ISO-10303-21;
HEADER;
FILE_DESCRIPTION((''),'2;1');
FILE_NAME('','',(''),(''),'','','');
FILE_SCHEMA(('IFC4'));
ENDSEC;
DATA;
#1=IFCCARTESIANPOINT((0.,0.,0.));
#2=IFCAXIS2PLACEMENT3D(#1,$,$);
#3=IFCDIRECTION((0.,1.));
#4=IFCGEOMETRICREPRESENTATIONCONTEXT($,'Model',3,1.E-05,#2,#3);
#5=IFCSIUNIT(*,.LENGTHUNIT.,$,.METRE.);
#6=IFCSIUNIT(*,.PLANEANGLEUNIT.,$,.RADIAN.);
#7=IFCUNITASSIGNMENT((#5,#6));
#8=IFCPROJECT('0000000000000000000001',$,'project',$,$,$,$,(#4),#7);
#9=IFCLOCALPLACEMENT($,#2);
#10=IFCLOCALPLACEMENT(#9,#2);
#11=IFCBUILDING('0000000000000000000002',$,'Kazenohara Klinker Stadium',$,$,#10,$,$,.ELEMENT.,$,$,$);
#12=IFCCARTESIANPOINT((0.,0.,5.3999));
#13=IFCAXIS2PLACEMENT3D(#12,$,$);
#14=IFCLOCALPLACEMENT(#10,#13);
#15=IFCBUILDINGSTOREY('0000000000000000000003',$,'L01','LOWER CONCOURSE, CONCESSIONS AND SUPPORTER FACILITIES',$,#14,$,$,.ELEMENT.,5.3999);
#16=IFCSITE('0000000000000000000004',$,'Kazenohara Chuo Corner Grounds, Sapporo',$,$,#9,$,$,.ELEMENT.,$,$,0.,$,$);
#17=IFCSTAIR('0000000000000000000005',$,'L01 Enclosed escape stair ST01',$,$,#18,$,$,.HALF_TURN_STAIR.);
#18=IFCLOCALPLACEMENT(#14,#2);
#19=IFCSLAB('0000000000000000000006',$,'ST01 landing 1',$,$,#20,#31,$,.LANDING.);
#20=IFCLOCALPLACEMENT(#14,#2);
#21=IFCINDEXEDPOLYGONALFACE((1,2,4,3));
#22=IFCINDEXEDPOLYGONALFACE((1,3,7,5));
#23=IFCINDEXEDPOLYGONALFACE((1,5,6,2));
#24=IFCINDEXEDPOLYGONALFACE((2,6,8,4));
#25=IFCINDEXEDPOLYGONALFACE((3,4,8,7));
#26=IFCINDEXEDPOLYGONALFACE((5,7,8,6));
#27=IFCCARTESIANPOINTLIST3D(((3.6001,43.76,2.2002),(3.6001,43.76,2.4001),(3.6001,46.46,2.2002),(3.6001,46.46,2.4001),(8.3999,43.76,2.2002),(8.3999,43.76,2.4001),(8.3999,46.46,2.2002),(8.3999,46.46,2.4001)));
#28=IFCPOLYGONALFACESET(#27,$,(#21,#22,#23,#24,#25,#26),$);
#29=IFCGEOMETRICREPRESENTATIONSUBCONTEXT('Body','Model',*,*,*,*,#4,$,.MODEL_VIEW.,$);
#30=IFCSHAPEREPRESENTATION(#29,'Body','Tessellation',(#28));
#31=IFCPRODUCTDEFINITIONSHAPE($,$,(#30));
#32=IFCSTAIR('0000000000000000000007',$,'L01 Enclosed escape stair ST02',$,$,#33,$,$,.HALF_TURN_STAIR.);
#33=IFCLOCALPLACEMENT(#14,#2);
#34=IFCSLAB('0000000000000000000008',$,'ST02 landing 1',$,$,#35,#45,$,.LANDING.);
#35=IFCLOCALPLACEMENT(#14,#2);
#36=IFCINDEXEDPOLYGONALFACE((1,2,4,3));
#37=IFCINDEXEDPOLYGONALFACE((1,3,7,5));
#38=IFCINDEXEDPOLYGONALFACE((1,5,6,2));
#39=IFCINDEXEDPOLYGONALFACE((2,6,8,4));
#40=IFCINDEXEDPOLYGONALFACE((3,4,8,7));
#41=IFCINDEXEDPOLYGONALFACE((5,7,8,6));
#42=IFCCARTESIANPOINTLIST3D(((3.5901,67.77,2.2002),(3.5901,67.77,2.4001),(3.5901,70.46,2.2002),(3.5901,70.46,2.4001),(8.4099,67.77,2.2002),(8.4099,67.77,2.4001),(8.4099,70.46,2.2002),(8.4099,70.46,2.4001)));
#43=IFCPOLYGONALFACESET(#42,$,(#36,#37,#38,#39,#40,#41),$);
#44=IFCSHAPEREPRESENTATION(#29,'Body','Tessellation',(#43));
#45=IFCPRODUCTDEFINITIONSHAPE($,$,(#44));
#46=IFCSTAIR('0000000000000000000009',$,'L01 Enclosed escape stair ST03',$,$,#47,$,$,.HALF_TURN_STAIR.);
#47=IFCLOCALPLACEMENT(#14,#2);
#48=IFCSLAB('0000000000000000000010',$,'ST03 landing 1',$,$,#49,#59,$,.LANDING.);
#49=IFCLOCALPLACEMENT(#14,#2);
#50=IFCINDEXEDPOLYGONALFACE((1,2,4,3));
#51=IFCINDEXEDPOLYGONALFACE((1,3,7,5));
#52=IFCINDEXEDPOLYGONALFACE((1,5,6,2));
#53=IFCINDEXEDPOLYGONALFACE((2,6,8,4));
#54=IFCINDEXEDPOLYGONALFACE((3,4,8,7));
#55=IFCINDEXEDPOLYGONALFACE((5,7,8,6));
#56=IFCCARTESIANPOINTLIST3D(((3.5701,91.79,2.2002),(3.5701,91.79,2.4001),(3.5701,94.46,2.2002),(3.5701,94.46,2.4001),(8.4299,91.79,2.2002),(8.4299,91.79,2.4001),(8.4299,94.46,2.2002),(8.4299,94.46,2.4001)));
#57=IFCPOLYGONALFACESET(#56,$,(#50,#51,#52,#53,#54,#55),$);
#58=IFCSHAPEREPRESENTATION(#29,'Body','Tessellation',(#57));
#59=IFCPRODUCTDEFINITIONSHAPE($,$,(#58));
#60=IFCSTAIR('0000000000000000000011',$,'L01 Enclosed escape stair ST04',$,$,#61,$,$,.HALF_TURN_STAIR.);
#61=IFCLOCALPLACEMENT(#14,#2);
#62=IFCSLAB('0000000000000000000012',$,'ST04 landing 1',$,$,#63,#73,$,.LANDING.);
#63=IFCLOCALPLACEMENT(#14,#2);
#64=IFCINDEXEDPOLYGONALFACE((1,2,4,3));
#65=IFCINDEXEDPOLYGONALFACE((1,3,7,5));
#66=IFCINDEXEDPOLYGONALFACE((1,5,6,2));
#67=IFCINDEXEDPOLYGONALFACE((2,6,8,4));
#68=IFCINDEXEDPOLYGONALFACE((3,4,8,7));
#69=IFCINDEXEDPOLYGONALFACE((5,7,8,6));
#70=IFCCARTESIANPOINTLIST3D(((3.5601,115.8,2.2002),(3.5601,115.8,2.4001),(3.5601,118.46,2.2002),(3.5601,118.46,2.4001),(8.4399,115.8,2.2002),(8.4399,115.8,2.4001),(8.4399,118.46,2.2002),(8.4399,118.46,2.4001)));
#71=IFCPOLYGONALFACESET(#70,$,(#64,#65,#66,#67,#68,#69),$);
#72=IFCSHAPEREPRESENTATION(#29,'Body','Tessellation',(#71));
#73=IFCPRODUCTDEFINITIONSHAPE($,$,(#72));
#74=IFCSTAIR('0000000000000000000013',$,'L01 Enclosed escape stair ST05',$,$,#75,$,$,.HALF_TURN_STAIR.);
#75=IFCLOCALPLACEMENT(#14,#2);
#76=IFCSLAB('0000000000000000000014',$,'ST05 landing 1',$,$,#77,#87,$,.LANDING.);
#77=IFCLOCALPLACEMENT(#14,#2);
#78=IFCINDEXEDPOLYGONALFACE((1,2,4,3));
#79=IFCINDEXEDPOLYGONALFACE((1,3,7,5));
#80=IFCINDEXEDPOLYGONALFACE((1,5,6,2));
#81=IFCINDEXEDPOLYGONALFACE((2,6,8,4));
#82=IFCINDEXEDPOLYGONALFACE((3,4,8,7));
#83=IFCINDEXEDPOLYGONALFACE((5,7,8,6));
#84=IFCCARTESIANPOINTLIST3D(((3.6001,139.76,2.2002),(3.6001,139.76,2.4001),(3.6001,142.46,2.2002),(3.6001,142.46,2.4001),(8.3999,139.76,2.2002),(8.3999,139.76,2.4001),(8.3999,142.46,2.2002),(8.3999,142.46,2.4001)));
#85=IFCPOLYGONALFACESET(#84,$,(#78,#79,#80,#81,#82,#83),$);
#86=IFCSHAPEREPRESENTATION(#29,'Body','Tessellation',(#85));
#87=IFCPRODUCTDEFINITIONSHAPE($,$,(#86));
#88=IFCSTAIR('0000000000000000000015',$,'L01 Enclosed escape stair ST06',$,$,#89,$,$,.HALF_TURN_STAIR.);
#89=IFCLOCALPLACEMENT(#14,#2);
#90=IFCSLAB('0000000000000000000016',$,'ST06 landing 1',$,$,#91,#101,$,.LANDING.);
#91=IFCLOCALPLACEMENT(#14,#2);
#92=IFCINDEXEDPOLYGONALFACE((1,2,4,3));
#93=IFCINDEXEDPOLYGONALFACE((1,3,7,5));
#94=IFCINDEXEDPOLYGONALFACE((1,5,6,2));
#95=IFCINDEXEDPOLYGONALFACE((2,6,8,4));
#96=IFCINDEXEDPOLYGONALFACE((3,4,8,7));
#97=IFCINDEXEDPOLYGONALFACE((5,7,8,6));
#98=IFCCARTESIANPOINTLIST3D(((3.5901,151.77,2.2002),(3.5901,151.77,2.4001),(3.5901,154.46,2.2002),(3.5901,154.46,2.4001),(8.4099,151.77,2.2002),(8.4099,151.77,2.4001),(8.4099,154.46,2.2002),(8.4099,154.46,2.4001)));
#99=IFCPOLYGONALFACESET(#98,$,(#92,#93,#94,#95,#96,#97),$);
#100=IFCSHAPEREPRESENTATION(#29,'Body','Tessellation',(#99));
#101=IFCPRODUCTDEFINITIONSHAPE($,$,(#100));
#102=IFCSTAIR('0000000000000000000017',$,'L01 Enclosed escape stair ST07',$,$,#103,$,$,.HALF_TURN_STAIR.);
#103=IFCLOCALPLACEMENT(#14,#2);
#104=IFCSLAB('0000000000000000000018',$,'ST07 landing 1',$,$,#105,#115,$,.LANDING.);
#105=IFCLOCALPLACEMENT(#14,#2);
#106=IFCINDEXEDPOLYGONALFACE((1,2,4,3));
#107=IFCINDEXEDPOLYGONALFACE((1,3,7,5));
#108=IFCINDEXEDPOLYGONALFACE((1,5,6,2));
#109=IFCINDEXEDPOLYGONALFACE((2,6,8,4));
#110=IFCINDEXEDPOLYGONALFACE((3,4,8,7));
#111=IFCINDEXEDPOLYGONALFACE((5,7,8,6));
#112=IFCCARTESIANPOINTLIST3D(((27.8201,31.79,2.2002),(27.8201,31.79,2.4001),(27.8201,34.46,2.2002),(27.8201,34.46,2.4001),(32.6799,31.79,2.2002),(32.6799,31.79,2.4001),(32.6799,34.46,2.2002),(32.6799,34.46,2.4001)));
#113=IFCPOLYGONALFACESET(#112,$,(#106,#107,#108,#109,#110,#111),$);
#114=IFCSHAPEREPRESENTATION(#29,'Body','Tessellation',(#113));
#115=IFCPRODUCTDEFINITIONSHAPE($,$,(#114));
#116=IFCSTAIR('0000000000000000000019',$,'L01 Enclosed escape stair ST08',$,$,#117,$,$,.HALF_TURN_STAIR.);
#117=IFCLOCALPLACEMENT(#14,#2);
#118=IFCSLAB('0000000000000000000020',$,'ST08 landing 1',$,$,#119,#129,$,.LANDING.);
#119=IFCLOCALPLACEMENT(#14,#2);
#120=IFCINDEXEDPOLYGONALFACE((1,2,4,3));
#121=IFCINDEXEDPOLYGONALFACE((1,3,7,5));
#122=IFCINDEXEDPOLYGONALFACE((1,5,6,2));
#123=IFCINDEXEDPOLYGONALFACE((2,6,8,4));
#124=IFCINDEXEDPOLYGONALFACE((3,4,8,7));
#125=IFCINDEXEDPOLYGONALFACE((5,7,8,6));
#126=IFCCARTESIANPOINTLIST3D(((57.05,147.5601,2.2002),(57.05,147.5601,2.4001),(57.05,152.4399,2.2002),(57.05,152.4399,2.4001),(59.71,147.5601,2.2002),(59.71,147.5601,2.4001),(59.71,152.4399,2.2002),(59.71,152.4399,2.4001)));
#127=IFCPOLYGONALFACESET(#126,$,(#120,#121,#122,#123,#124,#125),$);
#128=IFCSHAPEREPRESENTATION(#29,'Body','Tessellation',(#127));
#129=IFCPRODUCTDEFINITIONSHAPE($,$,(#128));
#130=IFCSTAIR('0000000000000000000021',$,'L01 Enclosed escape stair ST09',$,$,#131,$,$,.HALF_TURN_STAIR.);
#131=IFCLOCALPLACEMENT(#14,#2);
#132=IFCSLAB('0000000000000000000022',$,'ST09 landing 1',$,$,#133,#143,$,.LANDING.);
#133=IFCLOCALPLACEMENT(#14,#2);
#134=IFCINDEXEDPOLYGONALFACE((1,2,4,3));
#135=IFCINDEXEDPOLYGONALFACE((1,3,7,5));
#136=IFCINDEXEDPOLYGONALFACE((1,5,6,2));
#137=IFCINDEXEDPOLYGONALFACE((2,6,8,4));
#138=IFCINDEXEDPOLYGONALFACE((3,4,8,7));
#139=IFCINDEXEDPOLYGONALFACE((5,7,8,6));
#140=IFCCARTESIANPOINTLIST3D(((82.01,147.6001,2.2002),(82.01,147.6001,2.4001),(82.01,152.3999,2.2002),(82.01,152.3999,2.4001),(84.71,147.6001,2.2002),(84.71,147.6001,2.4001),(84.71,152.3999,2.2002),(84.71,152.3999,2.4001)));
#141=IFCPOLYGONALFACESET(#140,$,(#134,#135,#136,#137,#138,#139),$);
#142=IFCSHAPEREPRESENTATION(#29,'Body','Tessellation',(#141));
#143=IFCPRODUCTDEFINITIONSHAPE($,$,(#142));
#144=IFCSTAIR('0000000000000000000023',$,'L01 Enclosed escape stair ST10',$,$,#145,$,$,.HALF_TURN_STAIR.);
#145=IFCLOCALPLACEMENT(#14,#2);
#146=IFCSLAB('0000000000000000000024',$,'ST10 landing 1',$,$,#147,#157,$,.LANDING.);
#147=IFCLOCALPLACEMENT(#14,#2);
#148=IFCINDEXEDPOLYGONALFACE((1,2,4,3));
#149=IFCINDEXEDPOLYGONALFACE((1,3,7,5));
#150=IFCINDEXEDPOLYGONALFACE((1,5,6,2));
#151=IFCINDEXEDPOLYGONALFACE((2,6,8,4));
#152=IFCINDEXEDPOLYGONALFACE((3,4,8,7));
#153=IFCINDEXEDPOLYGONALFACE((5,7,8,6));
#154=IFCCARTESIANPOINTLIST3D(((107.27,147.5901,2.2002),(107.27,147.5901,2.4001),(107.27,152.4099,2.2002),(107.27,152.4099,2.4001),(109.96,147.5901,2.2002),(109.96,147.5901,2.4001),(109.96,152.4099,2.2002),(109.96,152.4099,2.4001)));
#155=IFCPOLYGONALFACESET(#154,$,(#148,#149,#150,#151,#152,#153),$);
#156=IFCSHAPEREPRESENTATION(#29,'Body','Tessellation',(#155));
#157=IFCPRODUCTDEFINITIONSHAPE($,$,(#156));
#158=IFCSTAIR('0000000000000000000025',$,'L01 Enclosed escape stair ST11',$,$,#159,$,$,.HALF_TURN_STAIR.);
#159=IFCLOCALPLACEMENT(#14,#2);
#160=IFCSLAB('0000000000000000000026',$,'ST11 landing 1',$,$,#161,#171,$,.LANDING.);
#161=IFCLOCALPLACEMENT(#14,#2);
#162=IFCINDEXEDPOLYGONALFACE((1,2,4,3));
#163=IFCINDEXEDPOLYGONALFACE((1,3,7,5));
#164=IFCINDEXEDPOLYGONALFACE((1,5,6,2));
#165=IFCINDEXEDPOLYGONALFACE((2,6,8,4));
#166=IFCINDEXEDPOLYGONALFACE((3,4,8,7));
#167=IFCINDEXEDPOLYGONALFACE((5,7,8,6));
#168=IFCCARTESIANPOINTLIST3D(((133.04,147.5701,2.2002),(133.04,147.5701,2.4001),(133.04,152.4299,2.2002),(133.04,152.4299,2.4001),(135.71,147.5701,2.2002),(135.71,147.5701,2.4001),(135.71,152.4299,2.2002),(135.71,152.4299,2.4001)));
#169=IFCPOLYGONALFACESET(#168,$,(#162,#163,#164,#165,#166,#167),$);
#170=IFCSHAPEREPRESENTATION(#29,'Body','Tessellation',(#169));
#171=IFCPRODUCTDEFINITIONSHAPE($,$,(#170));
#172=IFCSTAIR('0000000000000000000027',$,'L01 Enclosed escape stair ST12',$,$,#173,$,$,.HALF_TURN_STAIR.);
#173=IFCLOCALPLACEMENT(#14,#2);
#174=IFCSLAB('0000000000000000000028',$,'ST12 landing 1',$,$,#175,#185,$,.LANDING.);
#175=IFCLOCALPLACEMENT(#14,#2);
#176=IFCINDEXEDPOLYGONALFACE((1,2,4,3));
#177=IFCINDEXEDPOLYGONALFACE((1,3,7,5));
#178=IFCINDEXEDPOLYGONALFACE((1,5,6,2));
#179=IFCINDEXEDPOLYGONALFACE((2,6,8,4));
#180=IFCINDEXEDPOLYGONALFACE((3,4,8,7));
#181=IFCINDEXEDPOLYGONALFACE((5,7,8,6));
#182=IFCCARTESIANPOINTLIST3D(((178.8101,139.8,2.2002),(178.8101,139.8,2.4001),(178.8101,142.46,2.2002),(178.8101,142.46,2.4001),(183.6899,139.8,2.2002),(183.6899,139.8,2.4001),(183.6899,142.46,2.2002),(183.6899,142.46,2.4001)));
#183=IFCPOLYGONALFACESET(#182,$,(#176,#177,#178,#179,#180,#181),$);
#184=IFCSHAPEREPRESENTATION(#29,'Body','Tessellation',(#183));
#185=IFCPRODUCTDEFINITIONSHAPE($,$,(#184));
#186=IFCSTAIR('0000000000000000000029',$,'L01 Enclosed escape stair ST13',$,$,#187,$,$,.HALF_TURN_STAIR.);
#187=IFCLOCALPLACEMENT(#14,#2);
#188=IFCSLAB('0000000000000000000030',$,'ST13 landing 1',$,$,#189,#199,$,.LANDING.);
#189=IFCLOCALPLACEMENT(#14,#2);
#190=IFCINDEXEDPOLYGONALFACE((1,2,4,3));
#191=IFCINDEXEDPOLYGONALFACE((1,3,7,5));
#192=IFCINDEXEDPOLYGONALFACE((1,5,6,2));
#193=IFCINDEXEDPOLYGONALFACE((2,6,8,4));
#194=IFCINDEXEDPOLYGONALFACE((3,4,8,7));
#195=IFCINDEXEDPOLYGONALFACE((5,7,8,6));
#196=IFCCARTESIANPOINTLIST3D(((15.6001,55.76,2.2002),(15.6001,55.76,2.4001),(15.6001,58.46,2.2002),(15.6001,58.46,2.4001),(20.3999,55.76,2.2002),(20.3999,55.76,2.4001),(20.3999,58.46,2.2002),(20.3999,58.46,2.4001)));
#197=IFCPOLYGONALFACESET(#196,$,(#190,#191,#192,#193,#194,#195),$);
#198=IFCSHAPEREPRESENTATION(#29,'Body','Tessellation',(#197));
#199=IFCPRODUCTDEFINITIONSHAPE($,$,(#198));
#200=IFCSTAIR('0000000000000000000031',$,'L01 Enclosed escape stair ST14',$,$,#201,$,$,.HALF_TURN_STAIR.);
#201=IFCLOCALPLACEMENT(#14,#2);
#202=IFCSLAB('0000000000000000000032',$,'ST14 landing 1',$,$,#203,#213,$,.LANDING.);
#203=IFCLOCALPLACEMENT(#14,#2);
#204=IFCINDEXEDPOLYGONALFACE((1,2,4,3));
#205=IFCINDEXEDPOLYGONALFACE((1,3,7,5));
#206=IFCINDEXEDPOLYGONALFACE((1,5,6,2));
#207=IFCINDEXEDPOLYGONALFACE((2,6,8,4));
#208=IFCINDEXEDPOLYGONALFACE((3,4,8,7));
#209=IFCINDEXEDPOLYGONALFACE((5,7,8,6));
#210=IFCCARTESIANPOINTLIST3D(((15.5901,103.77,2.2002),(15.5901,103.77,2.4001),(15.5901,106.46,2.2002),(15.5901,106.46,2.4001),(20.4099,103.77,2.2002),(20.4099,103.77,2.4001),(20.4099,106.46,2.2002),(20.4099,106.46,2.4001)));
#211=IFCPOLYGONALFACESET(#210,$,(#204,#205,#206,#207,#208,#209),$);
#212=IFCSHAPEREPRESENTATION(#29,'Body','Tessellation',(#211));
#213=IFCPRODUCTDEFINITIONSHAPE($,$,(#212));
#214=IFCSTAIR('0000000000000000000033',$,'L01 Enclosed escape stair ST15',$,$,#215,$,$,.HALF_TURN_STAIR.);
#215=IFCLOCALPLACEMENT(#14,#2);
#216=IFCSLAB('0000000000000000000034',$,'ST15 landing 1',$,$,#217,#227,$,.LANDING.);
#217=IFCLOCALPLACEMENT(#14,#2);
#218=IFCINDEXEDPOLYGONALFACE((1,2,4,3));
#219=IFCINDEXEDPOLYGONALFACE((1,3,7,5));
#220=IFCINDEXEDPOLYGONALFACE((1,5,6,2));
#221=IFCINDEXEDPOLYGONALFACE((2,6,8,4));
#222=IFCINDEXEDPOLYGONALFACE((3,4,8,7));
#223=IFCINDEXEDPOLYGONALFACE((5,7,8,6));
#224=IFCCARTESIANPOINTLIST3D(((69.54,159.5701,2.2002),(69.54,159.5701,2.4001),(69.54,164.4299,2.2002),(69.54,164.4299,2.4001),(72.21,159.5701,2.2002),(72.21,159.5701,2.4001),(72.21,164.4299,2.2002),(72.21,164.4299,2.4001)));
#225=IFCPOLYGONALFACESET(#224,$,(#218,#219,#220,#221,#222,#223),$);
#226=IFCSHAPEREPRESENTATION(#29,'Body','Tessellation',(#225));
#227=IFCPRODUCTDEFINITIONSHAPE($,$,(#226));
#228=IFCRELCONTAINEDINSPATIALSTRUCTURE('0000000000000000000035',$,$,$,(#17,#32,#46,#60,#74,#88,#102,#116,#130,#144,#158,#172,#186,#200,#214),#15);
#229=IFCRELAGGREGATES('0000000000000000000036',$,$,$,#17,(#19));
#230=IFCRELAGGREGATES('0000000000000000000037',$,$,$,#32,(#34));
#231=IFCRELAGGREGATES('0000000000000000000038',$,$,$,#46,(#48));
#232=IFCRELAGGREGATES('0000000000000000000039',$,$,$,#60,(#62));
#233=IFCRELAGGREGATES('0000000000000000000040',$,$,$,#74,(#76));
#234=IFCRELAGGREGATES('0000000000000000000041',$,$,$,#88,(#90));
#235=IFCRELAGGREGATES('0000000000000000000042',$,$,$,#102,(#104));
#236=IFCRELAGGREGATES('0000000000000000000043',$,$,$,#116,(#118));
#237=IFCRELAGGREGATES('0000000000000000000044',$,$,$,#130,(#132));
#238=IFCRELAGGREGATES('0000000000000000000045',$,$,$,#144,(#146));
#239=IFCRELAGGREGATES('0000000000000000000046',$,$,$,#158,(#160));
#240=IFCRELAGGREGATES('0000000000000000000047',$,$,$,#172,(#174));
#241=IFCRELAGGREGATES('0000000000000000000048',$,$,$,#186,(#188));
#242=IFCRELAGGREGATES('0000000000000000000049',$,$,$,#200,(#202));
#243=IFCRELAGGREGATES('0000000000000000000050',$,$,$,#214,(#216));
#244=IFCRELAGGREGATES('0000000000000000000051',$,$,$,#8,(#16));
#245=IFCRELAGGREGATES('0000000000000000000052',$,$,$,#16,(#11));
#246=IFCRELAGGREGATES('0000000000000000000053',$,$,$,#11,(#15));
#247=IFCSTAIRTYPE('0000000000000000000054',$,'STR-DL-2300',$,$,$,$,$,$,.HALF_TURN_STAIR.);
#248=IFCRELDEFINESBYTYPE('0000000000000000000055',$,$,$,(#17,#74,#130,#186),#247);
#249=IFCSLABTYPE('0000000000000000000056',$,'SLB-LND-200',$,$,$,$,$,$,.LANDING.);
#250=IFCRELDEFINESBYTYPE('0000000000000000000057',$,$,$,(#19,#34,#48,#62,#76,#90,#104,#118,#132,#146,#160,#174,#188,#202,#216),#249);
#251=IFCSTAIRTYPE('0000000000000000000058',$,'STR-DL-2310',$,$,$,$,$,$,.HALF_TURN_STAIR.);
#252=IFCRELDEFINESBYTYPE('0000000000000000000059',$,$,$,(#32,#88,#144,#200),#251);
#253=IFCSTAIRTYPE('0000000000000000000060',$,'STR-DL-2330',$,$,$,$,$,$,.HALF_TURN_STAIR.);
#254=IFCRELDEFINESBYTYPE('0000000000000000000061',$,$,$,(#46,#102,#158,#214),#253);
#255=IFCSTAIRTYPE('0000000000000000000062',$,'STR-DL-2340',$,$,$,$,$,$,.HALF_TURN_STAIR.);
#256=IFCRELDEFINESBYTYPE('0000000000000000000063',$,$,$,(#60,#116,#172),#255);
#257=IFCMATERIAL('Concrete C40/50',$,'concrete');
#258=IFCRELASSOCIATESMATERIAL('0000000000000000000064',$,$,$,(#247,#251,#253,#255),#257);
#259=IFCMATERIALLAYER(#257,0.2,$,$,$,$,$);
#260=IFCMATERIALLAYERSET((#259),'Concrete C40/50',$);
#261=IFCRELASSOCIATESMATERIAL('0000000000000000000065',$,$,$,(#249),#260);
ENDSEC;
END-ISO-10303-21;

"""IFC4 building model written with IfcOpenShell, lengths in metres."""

from ifc_helpers import new_model, si_unit, direction, frame, origin, place, context, subcontext, project, spatial, polyline, outline, extrude, material, layer, layer_set, type_object, element, aggregate, save


model = new_model("IFC4")

# Units and contexts
model_context = context("Model", 3, precision=1e-05, world=origin(), true_north=direction((0.0, 1.0)))
body_context = subcontext(model_context, "Body", "Model", "MODEL_VIEW")
ifc_project = project(units=[si_unit("LENGTHUNIT", "METRE"), si_unit("PLANEANGLEUNIT", "RADIAN")], contexts=[model_context])

# Site, building, storey
site_placement = place(None, origin())
site = spatial("IfcSite", under=ifc_project, at=site_placement, Name="Kazenohara Chuo Corner Grounds, Sapporo", CompositionType="ELEMENT", RefElevation=0.0)
building_placement = place(site_placement, origin())
building = spatial("IfcBuilding", under=site, at=building_placement, Name="Kazenohara Klinker Stadium", CompositionType="ELEMENT")
storey_placement = place(building_placement, frame((0.0, 0.0, 5.3999)))
storey = spatial("IfcBuildingStorey", under=building, at=storey_placement, Name="L01", Description="LOWER CONCOURSE, CONCESSIONS AND SUPPORTER FACILITIES", CompositionType="ELEMENT", Elevation=5.3999)

# Stairs, slabs
ifc_material_1 = material(Name="Concrete C40/50", Category="concrete")
stair_type_1 = type_object("IfcStairType", Name="STR-DL-2300", PredefinedType="HALF_TURN_STAIR", material=ifc_material_1)
stair_1_placement = place(storey_placement, origin())
stair_1 = element("IfcStair", 1, at=stair_1_placement, inside=storey, type_object=stair_type_1, Name="L01 Enclosed escape stair ST01", PredefinedType="HALF_TURN_STAIR")
ifc_layer_1 = layer(ifc_material_1, 0.2)
ifc_layer_set_1 = layer_set([ifc_layer_1], Name="Concrete C40/50")
slab_type_1 = type_object("IfcSlabType", Name="SLB-LND-200", PredefinedType="LANDING", material=ifc_layer_set_1)
slab_1_placement = place(storey_placement, frame((0.0, 0.0, 2.2002)))
slab_1 = element("IfcSlab", 2, at=slab_1_placement, type_object=slab_type_1, Name="ST01 landing 1", PredefinedType="LANDING", context=body_context, shape_type="SweptSolid", body=[
    extrude(outline(polyline([(8.3999, 43.76), (8.3999, 46.46), (3.6001, 46.46), (3.6001, 43.76), (8.3999, 43.76)])), origin(), (0.0, 0.0, 1.0), 0.2),
])
aggregate(stair_1, [slab_1])
stair_type_2 = type_object("IfcStairType", Name="STR-DL-2310", PredefinedType="HALF_TURN_STAIR", material=ifc_material_1)
stair_2_placement = place(storey_placement, origin())
stair_2 = element("IfcStair", 3, at=stair_2_placement, inside=storey, type_object=stair_type_2, Name="L01 Enclosed escape stair ST02", PredefinedType="HALF_TURN_STAIR")
slab_2_placement = place(storey_placement, frame((0.0, 0.0, 2.2002)))
slab_2 = element("IfcSlab", 4, at=slab_2_placement, type_object=slab_type_1, Name="ST02 landing 1", PredefinedType="LANDING", context=body_context, shape_type="SweptSolid", body=[
    extrude(outline(polyline([(8.4099, 67.77), (8.4099, 70.46), (3.5901, 70.46), (3.5901, 67.77), (8.4099, 67.77)])), origin(), (0.0, 0.0, 1.0), 0.2),
])
aggregate(stair_2, [slab_2])
stair_type_3 = type_object("IfcStairType", Name="STR-DL-2330", PredefinedType="HALF_TURN_STAIR", material=ifc_material_1)
stair_3_placement = place(storey_placement, origin())
stair_3 = element("IfcStair", 5, at=stair_3_placement, inside=storey, type_object=stair_type_3, Name="L01 Enclosed escape stair ST03", PredefinedType="HALF_TURN_STAIR")
slab_3_placement = place(storey_placement, frame((0.0, 0.0, 2.2002)))
slab_3 = element("IfcSlab", 6, at=slab_3_placement, type_object=slab_type_1, Name="ST03 landing 1", PredefinedType="LANDING", context=body_context, shape_type="SweptSolid", body=[
    extrude(outline(polyline([(8.4299, 91.79), (8.4299, 94.46), (3.5701, 94.46), (3.5701, 91.79), (8.4299, 91.79)])), origin(), (0.0, 0.0, 1.0), 0.2),
])
aggregate(stair_3, [slab_3])
stair_type_4 = type_object("IfcStairType", Name="STR-DL-2340", PredefinedType="HALF_TURN_STAIR", material=ifc_material_1)
stair_4_placement = place(storey_placement, origin())
stair_4 = element("IfcStair", 7, at=stair_4_placement, inside=storey, type_object=stair_type_4, Name="L01 Enclosed escape stair ST04", PredefinedType="HALF_TURN_STAIR")
slab_4_placement = place(storey_placement, frame((0.0, 0.0, 2.2002)))
slab_4 = element("IfcSlab", 8, at=slab_4_placement, type_object=slab_type_1, Name="ST04 landing 1", PredefinedType="LANDING", context=body_context, shape_type="SweptSolid", body=[
    extrude(outline(polyline([(8.4399, 115.8), (8.4399, 118.46), (3.5601, 118.46), (3.5601, 115.8), (8.4399, 115.8)])), origin(), (0.0, 0.0, 1.0), 0.2),
])
aggregate(stair_4, [slab_4])
stair_5_placement = place(storey_placement, origin())
stair_5 = element("IfcStair", 9, at=stair_5_placement, inside=storey, type_object=stair_type_1, Name="L01 Enclosed escape stair ST05", PredefinedType="HALF_TURN_STAIR")
slab_5_placement = place(storey_placement, frame((0.0, 0.0, 2.2002)))
slab_5 = element("IfcSlab", 10, at=slab_5_placement, type_object=slab_type_1, Name="ST05 landing 1", PredefinedType="LANDING", context=body_context, shape_type="SweptSolid", body=[
    extrude(outline(polyline([(8.3999, 139.76), (8.3999, 142.46), (3.6001, 142.46), (3.6001, 139.76), (8.3999, 139.76)])), origin(), (0.0, 0.0, 1.0), 0.2),
])
aggregate(stair_5, [slab_5])
stair_6_placement = place(storey_placement, origin())
stair_6 = element("IfcStair", 11, at=stair_6_placement, inside=storey, type_object=stair_type_2, Name="L01 Enclosed escape stair ST06", PredefinedType="HALF_TURN_STAIR")
slab_6_placement = place(storey_placement, frame((0.0, 0.0, 2.2002)))
slab_6 = element("IfcSlab", 12, at=slab_6_placement, type_object=slab_type_1, Name="ST06 landing 1", PredefinedType="LANDING", context=body_context, shape_type="SweptSolid", body=[
    extrude(outline(polyline([(8.4099, 151.77), (8.4099, 154.46), (3.5901, 154.46), (3.5901, 151.77), (8.4099, 151.77)])), origin(), (0.0, 0.0, 1.0), 0.2),
])
aggregate(stair_6, [slab_6])
stair_7_placement = place(storey_placement, origin())
stair_7 = element("IfcStair", 13, at=stair_7_placement, inside=storey, type_object=stair_type_3, Name="L01 Enclosed escape stair ST07", PredefinedType="HALF_TURN_STAIR")
slab_7_placement = place(storey_placement, frame((0.0, 0.0, 2.2002)))
slab_7 = element("IfcSlab", 14, at=slab_7_placement, type_object=slab_type_1, Name="ST07 landing 1", PredefinedType="LANDING", context=body_context, shape_type="SweptSolid", body=[
    extrude(outline(polyline([(32.6799, 31.79), (32.6799, 34.46), (27.8201, 34.46), (27.8201, 31.79), (32.6799, 31.79)])), origin(), (0.0, 0.0, 1.0), 0.2),
])
aggregate(stair_7, [slab_7])
stair_8_placement = place(storey_placement, origin())
stair_8 = element("IfcStair", 15, at=stair_8_placement, inside=storey, type_object=stair_type_4, Name="L01 Enclosed escape stair ST08", PredefinedType="HALF_TURN_STAIR")
slab_8_placement = place(storey_placement, frame((0.0, 0.0, 2.2002)))
slab_8 = element("IfcSlab", 16, at=slab_8_placement, type_object=slab_type_1, Name="ST08 landing 1", PredefinedType="LANDING", context=body_context, shape_type="SweptSolid", body=[
    extrude(outline(polyline([(57.05, 147.5601), (59.71, 147.5601), (59.71, 152.4399), (57.05, 152.4399), (57.05, 147.5601)])), origin(), (0.0, 0.0, 1.0), 0.2),
])
aggregate(stair_8, [slab_8])
stair_9_placement = place(storey_placement, origin())
stair_9 = element("IfcStair", 17, at=stair_9_placement, inside=storey, type_object=stair_type_1, Name="L01 Enclosed escape stair ST09", PredefinedType="HALF_TURN_STAIR")
slab_9_placement = place(storey_placement, frame((0.0, 0.0, 2.2002)))
slab_9 = element("IfcSlab", 18, at=slab_9_placement, type_object=slab_type_1, Name="ST09 landing 1", PredefinedType="LANDING", context=body_context, shape_type="SweptSolid", body=[
    extrude(outline(polyline([(82.01, 147.6001), (84.71, 147.6001), (84.71, 152.3999), (82.01, 152.3999), (82.01, 147.6001)])), origin(), (0.0, 0.0, 1.0), 0.2),
])
aggregate(stair_9, [slab_9])
stair_10_placement = place(storey_placement, origin())
stair_10 = element("IfcStair", 19, at=stair_10_placement, inside=storey, type_object=stair_type_2, Name="L01 Enclosed escape stair ST10", PredefinedType="HALF_TURN_STAIR")
slab_10_placement = place(storey_placement, frame((0.0, 0.0, 2.2002)))
slab_10 = element("IfcSlab", 20, at=slab_10_placement, type_object=slab_type_1, Name="ST10 landing 1", PredefinedType="LANDING", context=body_context, shape_type="SweptSolid", body=[
    extrude(outline(polyline([(107.27, 147.5901), (109.96, 147.5901), (109.96, 152.4099), (107.27, 152.4099), (107.27, 147.5901)])), origin(), (0.0, 0.0, 1.0), 0.2),
])
aggregate(stair_10, [slab_10])
stair_11_placement = place(storey_placement, origin())
stair_11 = element("IfcStair", 21, at=stair_11_placement, inside=storey, type_object=stair_type_3, Name="L01 Enclosed escape stair ST11", PredefinedType="HALF_TURN_STAIR")
slab_11_placement = place(storey_placement, frame((0.0, 0.0, 2.2002)))
slab_11 = element("IfcSlab", 22, at=slab_11_placement, type_object=slab_type_1, Name="ST11 landing 1", PredefinedType="LANDING", context=body_context, shape_type="SweptSolid", body=[
    extrude(outline(polyline([(133.04, 147.5701), (135.71, 147.5701), (135.71, 152.4299), (133.04, 152.4299), (133.04, 147.5701)])), origin(), (0.0, 0.0, 1.0), 0.2),
])
aggregate(stair_11, [slab_11])
stair_12_placement = place(storey_placement, origin())
stair_12 = element("IfcStair", 23, at=stair_12_placement, inside=storey, type_object=stair_type_4, Name="L01 Enclosed escape stair ST12", PredefinedType="HALF_TURN_STAIR")
slab_12_placement = place(storey_placement, frame((0.0, 0.0, 2.2002)))
slab_12 = element("IfcSlab", 24, at=slab_12_placement, type_object=slab_type_1, Name="ST12 landing 1", PredefinedType="LANDING", context=body_context, shape_type="SweptSolid", body=[
    extrude(outline(polyline([(183.6899, 139.8), (183.6899, 142.46), (178.8101, 142.46), (178.8101, 139.8), (183.6899, 139.8)])), origin(), (0.0, 0.0, 1.0), 0.2),
])
aggregate(stair_12, [slab_12])
stair_13_placement = place(storey_placement, origin())
stair_13 = element("IfcStair", 25, at=stair_13_placement, inside=storey, type_object=stair_type_1, Name="L01 Enclosed escape stair ST13", PredefinedType="HALF_TURN_STAIR")
slab_13_placement = place(storey_placement, frame((0.0, 0.0, 2.2002)))
slab_13 = element("IfcSlab", 26, at=slab_13_placement, type_object=slab_type_1, Name="ST13 landing 1", PredefinedType="LANDING", context=body_context, shape_type="SweptSolid", body=[
    extrude(outline(polyline([(20.3999, 55.76), (20.3999, 58.46), (15.6001, 58.46), (15.6001, 55.76), (20.3999, 55.76)])), origin(), (0.0, 0.0, 1.0), 0.2),
])
aggregate(stair_13, [slab_13])
stair_14_placement = place(storey_placement, origin())
stair_14 = element("IfcStair", 27, at=stair_14_placement, inside=storey, type_object=stair_type_2, Name="L01 Enclosed escape stair ST14", PredefinedType="HALF_TURN_STAIR")
slab_14_placement = place(storey_placement, frame((0.0, 0.0, 2.2002)))
slab_14 = element("IfcSlab", 28, at=slab_14_placement, type_object=slab_type_1, Name="ST14 landing 1", PredefinedType="LANDING", context=body_context, shape_type="SweptSolid", body=[
    extrude(outline(polyline([(20.4099, 103.77), (20.4099, 106.46), (15.5901, 106.46), (15.5901, 103.77), (20.4099, 103.77)])), origin(), (0.0, 0.0, 1.0), 0.2),
])
aggregate(stair_14, [slab_14])
stair_15_placement = place(storey_placement, origin())
stair_15 = element("IfcStair", 29, at=stair_15_placement, inside=storey, type_object=stair_type_3, Name="L01 Enclosed escape stair ST15", PredefinedType="HALF_TURN_STAIR")
slab_15_placement = place(storey_placement, frame((0.0, 0.0, 2.2002)))
slab_15 = element("IfcSlab", 30, at=slab_15_placement, type_object=slab_type_1, Name="ST15 landing 1", PredefinedType="LANDING", context=body_context, shape_type="SweptSolid", body=[
    extrude(outline(polyline([(69.54, 159.5701), (72.21, 159.5701), (72.21, 164.4299), (69.54, 164.4299), (69.54, 159.5701)])), origin(), (0.0, 0.0, 1.0), 0.2),
])
aggregate(stair_15, [slab_15])

save(model, "model.ifc")
